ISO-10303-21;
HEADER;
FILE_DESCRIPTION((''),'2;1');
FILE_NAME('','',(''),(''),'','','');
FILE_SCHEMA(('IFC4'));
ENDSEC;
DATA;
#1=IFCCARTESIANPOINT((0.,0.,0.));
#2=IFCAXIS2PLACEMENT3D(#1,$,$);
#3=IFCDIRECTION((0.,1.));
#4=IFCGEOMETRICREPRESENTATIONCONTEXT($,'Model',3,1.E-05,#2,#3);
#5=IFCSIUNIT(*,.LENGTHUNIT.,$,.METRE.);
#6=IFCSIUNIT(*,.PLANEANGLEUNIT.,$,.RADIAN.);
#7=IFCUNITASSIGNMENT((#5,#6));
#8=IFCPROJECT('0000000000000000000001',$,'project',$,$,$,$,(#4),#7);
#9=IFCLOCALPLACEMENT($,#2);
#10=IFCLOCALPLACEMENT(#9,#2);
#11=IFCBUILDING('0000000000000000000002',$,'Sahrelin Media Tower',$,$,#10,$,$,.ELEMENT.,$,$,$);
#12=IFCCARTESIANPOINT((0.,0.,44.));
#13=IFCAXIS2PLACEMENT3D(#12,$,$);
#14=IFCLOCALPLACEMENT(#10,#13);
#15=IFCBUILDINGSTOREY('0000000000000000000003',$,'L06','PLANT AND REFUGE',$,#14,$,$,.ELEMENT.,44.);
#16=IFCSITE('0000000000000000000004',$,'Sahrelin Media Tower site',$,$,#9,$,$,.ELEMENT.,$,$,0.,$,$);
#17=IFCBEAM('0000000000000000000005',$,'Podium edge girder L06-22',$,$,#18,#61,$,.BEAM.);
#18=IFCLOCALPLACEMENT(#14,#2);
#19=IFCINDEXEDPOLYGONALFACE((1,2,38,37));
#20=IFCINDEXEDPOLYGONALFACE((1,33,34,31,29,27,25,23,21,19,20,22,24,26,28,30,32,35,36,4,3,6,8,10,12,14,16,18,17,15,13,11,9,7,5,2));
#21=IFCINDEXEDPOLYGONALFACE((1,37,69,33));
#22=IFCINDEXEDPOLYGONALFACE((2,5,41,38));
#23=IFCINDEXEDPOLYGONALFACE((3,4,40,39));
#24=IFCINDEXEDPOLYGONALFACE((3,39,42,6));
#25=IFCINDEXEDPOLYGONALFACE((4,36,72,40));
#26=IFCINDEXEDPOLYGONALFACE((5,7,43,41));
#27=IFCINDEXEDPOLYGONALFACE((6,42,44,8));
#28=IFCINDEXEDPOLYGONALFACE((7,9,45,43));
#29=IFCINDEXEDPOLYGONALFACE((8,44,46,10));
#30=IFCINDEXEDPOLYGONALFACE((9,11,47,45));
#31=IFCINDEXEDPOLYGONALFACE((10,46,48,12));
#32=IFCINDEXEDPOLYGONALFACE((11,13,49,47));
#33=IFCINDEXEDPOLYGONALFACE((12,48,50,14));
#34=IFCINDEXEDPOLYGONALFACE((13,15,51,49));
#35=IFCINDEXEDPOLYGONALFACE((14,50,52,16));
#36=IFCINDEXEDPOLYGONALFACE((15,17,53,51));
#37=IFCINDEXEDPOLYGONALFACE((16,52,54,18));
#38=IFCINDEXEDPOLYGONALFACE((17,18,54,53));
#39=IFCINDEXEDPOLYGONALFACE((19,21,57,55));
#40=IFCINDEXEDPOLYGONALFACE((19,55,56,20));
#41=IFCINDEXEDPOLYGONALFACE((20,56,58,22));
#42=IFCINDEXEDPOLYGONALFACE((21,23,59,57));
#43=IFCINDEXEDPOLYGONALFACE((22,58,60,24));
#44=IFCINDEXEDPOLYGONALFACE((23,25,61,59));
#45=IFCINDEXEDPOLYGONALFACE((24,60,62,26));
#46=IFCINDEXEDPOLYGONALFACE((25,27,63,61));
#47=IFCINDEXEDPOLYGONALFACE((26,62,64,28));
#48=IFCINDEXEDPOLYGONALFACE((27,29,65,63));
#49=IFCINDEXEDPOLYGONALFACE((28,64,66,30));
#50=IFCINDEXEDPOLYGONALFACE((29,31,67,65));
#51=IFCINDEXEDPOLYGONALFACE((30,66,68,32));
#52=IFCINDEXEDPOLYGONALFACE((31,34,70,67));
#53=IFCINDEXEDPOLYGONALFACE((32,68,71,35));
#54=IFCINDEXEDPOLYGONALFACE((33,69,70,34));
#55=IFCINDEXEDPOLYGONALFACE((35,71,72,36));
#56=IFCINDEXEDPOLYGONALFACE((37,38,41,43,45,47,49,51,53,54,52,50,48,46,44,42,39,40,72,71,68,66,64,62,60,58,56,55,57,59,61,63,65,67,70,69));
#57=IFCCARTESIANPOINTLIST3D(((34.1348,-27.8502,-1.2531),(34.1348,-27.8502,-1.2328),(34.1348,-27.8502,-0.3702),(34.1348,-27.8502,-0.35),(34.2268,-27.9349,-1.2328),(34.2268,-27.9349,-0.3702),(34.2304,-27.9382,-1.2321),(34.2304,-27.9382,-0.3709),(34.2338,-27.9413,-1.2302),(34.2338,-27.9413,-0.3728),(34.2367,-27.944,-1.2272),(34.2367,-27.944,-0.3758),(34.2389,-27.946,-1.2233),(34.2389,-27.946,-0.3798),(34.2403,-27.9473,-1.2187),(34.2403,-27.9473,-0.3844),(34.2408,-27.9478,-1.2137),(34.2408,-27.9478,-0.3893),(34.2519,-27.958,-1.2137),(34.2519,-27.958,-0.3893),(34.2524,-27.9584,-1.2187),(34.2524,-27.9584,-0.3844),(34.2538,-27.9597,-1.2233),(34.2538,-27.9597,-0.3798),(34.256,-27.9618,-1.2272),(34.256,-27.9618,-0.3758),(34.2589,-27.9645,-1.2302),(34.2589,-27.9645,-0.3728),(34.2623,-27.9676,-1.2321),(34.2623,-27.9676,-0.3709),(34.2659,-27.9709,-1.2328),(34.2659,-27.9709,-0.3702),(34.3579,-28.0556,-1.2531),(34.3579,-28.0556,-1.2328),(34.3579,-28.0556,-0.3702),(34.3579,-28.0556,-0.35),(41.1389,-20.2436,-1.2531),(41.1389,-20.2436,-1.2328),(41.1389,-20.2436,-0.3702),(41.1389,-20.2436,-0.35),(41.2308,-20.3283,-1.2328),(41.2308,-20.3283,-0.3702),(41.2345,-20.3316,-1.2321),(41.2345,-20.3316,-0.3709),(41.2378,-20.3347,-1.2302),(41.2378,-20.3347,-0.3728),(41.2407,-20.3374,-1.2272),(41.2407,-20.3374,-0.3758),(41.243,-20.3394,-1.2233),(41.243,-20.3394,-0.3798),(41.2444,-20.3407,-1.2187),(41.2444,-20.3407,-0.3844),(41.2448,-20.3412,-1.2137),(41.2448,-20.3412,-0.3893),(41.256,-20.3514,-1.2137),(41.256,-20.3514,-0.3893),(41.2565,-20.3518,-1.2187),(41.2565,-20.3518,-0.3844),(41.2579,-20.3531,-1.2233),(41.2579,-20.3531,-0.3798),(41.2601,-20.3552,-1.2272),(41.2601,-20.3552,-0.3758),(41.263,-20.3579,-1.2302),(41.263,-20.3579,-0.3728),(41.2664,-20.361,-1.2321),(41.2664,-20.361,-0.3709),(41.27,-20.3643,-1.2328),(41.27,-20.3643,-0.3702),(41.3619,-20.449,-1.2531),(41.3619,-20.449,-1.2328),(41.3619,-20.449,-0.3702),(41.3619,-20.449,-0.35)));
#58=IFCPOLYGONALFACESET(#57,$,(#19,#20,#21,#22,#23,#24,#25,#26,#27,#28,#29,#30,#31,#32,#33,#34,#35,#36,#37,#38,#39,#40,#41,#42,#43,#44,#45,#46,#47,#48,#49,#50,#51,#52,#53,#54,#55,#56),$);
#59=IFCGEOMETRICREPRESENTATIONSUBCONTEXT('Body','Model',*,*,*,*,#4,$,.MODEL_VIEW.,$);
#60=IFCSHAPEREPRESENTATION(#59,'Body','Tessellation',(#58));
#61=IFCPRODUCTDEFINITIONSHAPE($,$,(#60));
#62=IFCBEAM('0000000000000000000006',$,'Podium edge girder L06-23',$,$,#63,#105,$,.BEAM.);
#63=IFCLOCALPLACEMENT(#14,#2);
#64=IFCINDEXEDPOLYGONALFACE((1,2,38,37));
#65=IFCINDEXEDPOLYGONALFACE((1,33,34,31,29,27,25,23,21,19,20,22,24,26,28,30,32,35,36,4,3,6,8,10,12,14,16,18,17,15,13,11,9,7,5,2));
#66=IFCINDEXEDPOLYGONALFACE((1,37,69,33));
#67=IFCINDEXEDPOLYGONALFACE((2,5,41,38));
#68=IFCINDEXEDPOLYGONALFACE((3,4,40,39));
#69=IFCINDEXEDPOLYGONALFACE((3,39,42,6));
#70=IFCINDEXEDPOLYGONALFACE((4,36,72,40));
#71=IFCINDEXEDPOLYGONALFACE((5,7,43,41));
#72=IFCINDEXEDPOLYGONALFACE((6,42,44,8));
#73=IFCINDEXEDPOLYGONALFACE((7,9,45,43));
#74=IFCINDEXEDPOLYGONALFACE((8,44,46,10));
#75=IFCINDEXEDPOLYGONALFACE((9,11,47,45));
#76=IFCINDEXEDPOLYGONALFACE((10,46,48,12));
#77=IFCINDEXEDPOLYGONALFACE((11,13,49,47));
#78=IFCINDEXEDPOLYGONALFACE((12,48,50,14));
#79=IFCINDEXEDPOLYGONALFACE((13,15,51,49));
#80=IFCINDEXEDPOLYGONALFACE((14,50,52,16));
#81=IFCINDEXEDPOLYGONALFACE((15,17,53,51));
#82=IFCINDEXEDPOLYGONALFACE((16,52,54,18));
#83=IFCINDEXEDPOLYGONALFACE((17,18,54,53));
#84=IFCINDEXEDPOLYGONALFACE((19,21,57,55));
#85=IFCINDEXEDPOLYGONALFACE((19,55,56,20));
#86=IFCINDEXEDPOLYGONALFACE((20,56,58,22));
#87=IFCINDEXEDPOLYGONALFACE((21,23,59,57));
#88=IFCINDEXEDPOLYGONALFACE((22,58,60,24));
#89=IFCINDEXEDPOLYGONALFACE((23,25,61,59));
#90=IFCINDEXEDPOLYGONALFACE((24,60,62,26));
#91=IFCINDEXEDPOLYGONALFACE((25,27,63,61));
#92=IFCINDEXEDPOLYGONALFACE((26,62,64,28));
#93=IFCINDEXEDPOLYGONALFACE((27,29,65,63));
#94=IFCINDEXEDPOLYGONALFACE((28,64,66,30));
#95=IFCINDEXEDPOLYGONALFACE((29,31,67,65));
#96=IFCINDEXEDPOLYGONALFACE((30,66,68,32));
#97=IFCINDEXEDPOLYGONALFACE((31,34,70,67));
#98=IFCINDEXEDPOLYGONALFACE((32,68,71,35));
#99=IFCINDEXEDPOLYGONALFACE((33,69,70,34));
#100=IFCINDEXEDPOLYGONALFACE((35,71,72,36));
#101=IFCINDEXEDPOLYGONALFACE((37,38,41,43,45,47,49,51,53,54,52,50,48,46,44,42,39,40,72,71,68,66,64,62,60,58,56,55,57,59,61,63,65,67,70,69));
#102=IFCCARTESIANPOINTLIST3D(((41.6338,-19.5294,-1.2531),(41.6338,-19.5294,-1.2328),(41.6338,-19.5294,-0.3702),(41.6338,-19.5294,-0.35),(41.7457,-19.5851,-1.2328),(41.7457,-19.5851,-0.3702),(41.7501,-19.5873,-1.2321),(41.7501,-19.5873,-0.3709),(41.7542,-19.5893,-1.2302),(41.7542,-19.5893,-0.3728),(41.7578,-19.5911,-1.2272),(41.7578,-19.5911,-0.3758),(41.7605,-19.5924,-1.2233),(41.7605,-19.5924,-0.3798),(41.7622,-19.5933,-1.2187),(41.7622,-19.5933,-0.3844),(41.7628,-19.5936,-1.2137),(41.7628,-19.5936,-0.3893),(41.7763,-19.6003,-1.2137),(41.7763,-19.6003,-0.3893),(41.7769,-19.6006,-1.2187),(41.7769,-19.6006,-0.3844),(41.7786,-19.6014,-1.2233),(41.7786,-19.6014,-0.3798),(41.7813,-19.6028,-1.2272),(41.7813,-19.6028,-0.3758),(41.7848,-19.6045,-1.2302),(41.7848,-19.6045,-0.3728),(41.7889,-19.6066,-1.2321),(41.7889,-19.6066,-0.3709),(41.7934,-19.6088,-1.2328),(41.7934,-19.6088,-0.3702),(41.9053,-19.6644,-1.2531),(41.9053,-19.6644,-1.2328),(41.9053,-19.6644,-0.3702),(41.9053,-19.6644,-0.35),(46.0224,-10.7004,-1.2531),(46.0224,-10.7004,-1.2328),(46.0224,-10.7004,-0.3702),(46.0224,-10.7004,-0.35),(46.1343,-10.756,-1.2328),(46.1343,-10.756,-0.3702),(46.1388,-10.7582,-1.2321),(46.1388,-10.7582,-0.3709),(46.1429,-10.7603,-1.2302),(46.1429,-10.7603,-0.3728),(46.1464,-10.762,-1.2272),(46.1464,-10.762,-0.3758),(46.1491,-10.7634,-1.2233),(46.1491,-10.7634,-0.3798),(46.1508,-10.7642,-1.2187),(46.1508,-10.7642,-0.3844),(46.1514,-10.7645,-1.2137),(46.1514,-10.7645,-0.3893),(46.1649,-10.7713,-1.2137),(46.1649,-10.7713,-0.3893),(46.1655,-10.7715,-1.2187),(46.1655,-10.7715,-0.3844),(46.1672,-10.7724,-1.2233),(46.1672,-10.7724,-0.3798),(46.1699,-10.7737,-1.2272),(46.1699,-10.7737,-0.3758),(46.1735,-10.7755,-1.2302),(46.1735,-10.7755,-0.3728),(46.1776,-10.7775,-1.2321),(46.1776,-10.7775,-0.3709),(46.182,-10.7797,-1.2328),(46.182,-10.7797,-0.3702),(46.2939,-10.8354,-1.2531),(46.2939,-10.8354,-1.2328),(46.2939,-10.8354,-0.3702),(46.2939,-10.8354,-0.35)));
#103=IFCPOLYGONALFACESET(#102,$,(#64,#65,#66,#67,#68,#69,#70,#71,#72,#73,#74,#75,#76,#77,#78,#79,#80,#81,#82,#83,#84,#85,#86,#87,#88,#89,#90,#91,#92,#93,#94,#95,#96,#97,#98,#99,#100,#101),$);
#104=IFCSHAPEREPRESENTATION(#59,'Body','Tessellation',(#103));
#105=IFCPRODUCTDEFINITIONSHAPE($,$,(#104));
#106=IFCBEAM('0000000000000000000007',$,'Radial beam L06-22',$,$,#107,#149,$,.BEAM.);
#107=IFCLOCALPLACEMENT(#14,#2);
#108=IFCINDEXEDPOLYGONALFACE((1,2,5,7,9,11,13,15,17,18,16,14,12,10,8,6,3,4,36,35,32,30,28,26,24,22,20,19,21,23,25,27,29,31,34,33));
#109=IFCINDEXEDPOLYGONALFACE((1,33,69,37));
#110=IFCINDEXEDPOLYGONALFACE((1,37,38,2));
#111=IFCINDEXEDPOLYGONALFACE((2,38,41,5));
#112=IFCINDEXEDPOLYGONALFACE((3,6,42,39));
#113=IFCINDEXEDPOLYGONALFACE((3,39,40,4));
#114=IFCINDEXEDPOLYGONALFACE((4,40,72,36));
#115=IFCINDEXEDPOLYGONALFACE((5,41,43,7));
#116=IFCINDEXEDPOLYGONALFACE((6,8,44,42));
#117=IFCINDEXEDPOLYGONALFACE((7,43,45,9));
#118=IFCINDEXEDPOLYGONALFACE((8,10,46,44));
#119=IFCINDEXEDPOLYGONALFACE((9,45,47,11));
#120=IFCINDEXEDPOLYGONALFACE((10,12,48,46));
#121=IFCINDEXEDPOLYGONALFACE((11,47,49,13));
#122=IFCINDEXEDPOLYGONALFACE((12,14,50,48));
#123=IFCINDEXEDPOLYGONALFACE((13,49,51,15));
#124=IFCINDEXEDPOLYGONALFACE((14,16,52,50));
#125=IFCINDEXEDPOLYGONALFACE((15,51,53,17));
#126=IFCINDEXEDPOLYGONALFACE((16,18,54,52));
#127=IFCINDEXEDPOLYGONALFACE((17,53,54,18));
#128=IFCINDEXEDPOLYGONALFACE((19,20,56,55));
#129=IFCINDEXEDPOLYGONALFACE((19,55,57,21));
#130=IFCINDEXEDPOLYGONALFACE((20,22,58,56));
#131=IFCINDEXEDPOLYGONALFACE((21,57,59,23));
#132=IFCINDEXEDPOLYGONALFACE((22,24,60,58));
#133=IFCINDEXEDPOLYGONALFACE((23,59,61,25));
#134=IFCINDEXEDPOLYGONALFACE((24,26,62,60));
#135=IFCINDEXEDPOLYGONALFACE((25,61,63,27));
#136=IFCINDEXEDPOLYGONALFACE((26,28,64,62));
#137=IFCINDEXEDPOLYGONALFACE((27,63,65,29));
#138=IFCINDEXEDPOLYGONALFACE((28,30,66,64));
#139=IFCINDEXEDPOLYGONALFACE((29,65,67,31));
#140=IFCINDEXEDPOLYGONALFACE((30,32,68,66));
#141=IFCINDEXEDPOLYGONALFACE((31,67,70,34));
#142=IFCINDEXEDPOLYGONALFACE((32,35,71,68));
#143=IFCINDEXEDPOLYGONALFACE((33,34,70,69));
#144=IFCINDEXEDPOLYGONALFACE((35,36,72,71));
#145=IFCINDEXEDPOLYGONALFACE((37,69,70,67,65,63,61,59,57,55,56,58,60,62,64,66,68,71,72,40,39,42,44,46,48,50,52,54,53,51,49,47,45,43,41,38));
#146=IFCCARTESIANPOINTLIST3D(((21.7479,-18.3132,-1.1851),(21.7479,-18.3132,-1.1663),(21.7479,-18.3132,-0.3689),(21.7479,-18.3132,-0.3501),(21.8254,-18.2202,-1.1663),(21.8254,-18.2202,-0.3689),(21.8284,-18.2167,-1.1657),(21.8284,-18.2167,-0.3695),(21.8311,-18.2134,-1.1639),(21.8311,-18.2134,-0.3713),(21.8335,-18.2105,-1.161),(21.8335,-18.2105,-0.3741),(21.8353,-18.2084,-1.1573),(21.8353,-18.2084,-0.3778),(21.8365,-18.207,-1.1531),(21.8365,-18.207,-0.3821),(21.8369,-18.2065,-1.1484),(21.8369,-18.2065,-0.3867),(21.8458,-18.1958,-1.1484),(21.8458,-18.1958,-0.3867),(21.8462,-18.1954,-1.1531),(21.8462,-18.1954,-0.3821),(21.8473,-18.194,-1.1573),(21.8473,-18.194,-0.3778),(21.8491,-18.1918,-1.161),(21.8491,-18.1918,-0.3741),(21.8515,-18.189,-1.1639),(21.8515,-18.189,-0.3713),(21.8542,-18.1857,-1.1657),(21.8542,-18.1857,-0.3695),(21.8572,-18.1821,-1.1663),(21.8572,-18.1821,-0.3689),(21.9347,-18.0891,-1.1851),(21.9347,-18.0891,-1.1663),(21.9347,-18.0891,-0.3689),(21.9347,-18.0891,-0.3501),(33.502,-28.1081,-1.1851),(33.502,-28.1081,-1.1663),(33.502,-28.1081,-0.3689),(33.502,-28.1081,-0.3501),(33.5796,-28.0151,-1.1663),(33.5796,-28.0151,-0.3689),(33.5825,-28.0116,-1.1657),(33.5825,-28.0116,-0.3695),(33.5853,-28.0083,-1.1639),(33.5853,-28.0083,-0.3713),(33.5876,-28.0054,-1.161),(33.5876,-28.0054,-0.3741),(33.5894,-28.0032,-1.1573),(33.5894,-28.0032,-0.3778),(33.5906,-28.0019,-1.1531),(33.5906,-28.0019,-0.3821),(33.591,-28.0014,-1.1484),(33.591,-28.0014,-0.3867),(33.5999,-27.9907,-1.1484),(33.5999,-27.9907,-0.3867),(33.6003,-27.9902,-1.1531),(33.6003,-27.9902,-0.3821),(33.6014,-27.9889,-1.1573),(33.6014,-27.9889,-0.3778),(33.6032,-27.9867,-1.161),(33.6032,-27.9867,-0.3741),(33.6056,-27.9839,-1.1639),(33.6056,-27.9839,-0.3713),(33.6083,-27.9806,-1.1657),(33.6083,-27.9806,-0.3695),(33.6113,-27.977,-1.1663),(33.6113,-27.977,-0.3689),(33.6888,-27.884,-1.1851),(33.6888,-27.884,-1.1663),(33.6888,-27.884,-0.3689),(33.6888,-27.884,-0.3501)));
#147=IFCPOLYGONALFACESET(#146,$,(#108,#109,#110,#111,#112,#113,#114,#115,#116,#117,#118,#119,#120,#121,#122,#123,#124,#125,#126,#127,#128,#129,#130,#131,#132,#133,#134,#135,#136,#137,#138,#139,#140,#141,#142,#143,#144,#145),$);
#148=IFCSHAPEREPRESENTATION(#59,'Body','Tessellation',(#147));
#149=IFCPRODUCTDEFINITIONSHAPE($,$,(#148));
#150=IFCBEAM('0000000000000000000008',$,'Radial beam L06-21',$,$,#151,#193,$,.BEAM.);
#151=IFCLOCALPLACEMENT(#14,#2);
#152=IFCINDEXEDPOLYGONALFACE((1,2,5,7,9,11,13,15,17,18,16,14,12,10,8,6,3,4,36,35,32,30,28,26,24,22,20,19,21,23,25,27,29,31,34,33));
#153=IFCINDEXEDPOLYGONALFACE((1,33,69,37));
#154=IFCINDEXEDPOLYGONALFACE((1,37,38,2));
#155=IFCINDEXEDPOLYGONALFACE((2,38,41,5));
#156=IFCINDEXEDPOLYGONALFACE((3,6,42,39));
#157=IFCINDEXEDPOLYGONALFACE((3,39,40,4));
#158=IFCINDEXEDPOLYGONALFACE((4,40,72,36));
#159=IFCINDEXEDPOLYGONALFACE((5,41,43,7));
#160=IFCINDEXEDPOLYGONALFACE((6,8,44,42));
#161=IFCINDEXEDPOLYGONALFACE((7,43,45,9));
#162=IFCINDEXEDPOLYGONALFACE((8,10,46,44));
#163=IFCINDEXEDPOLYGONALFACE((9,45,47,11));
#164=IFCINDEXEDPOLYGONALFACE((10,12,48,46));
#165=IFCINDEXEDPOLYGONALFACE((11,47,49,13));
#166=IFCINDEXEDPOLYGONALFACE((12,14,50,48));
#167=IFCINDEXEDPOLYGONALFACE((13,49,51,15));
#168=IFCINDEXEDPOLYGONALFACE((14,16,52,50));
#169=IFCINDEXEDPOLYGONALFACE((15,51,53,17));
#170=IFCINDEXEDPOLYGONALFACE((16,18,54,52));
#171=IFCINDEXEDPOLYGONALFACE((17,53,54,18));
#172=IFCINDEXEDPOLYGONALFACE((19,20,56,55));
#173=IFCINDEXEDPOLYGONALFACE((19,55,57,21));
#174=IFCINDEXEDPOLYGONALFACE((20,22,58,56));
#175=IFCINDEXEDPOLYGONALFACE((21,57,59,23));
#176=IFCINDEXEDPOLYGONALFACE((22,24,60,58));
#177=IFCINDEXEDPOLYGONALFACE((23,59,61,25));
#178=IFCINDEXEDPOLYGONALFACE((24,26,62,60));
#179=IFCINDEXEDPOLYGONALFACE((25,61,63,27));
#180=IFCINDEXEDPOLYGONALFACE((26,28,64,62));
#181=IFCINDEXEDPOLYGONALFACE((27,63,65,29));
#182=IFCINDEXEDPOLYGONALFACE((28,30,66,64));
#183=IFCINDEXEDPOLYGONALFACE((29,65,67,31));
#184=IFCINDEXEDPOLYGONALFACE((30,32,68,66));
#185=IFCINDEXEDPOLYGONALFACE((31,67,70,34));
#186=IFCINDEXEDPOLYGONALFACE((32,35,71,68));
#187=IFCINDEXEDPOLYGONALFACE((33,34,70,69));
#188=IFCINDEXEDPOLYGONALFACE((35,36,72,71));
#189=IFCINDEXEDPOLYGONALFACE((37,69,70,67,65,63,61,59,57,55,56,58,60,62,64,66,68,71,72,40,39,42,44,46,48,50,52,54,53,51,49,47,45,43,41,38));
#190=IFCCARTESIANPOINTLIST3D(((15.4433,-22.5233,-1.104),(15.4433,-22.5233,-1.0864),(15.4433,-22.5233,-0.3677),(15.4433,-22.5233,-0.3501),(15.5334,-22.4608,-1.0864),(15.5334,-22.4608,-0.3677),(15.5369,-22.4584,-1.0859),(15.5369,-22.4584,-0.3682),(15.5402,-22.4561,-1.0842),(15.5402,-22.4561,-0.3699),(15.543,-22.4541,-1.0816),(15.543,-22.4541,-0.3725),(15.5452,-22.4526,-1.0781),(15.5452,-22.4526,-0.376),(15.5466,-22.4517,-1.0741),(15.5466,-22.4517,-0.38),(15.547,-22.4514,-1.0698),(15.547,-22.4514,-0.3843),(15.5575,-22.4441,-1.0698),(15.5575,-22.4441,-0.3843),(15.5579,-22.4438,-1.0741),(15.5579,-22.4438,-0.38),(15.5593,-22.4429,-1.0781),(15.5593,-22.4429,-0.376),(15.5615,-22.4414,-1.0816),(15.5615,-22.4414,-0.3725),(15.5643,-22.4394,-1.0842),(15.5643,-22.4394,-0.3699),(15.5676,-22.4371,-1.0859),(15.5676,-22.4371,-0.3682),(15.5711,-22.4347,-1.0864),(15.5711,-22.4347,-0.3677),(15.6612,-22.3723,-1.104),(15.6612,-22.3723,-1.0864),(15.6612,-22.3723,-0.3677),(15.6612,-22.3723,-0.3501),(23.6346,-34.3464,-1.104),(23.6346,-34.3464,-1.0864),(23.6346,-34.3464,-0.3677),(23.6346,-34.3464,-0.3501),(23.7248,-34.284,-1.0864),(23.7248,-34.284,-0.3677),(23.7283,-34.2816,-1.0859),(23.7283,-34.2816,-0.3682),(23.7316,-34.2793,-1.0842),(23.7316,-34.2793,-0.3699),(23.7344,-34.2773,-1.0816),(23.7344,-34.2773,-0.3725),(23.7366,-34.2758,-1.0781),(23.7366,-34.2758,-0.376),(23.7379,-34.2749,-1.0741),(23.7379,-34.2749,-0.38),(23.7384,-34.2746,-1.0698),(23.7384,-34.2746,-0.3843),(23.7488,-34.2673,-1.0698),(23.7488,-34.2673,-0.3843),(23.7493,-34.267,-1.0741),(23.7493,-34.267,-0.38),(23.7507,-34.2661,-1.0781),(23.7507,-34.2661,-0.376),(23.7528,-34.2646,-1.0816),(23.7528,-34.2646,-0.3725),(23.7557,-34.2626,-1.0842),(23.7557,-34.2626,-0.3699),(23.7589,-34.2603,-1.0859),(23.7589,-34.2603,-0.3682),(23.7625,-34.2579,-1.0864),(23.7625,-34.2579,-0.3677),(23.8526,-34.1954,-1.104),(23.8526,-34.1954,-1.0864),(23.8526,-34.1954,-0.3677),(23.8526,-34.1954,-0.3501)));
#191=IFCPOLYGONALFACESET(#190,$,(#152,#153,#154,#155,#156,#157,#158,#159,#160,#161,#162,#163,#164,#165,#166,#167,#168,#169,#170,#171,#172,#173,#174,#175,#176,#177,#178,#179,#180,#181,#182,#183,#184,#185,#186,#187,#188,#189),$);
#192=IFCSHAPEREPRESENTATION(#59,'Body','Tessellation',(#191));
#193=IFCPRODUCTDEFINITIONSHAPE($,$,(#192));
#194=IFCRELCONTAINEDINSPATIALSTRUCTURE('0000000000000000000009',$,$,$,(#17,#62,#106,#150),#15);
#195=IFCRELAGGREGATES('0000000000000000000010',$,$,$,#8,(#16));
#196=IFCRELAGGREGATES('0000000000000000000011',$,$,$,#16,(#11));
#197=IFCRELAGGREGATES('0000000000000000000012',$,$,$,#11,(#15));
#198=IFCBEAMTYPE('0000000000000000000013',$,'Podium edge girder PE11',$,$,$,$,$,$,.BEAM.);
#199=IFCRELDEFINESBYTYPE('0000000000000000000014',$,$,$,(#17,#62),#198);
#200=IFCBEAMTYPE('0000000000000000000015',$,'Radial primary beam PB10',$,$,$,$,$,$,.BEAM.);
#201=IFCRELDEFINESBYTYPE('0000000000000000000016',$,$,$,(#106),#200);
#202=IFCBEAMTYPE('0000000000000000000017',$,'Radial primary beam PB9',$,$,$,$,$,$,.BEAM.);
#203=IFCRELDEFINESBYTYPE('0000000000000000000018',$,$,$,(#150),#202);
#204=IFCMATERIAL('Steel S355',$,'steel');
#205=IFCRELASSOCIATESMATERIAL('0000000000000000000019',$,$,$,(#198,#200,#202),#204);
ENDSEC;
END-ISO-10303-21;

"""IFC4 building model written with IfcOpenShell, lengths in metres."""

from ifc_helpers import new_model, si_unit, direction, frame, origin, origin_2d, place, context, subcontext, project, spatial, i_section, extrude, material, material_profile, profile_set, type_object, element, save


model = new_model("IFC4")

# Units and contexts
model_context = context("Model", 3, precision=1e-05, world=origin(), true_north=direction((0.0, 1.0)))
body_context = subcontext(model_context, "Body", "Model", "MODEL_VIEW")
ifc_project = project(units=[si_unit("LENGTHUNIT", "METRE"), si_unit("PLANEANGLEUNIT", "RADIAN")], contexts=[model_context])

# Site, building, storey
site_placement = place(None, origin())
site = spatial("IfcSite", under=ifc_project, at=site_placement, Name="Sahrelin Media Tower site", CompositionType="ELEMENT", RefElevation=0.0)
building_placement = place(site_placement, origin())
building = spatial("IfcBuilding", under=site, at=building_placement, Name="Sahrelin Media Tower", CompositionType="ELEMENT")
storey_placement = place(building_placement, frame((0.0, 0.0, 44.0)))
storey = spatial("IfcBuildingStorey", under=building, at=storey_placement, Name="L06", Description="PLANT AND REFUGE", CompositionType="ELEMENT", Elevation=44.0)

# Beams
ifc_material_1 = material(Name="Steel S355", Category="steel")
ifc_material_profile_1 = material_profile(ifc_material_1, i_section(OverallWidth=0.3032, OverallDepth=0.9031, WebThickness=0.0151, FlangeThickness=0.0203, FilletRadius=0.019, at=origin_2d()), Name="UB 914x305x201")
ifc_profile_set_1 = profile_set([ifc_material_profile_1], Name="Steel S355")
beam_type_1 = type_object("IfcBeamType", Name="Podium edge girder PE11", PredefinedType="BEAM", material=ifc_profile_set_1)
beam_1_placement = place(storey_placement, frame((34.2463, -27.9529, -0.8015), z_axis=(0.677371, 0.735642, 0.0), x_axis=(-0.735642, 0.677371, 0.0)))
element("IfcBeam", 1, at=beam_1_placement, inside=storey, type_object=beam_type_1, Name="Podium edge girder L06-22", PredefinedType="BEAM", context=body_context, shape_type="SweptSolid", body=[
    extrude(i_section(OverallWidth=0.3032, OverallDepth=0.9031, WebThickness=0.0151, FlangeThickness=0.0203, FilletRadius=0.019, at=origin_2d()), origin(), (0.0, 0.0, 1.0), 10.3401),
])
beam_2_placement = place(storey_placement, frame((41.7695, -19.5969, -0.8015), z_axis=(0.445113, 0.895475, 0.0), x_axis=(-0.895475, 0.445113, 0.0)))
element("IfcBeam", 2, at=beam_2_placement, inside=storey, type_object=beam_type_1, Name="Podium edge girder L06-23", PredefinedType="BEAM", context=body_context, shape_type="SweptSolid", body=[
    extrude(i_section(OverallWidth=0.3032, OverallDepth=0.9031, WebThickness=0.0151, FlangeThickness=0.0203, FilletRadius=0.019, at=origin_2d()), origin(), (0.0, 0.0, 1.0), 9.8596),
])
ifc_material_profile_2 = material_profile(ifc_material_1, i_section(OverallWidth=0.2917, OverallDepth=0.835, WebThickness=0.0139, FlangeThickness=0.0188, FilletRadius=0.0178, at=origin_2d()), Name="UB 838x292x176")
ifc_profile_set_2 = profile_set([ifc_material_profile_2], Name="Steel S355")
beam_type_2 = type_object("IfcBeamType", Name="Radial primary beam PB10", PredefinedType="BEAM", material=ifc_profile_set_2)
beam_3_placement = place(storey_placement, frame((21.8413, -18.2012, -0.7676), z_axis=(0.768228, -0.640177, 0.0), x_axis=(0.640177, 0.768228, 0.0)))
element("IfcBeam", 3, at=beam_3_placement, inside=storey, type_object=beam_type_2, Name="Radial beam L06-22", PredefinedType="BEAM", context=body_context, shape_type="SweptSolid", body=[
    extrude(i_section(OverallWidth=0.2917, OverallDepth=0.835, WebThickness=0.0139, FlangeThickness=0.0188, FilletRadius=0.0178, at=origin_2d()), origin(), (0.0, 0.0, 1.0), 15.3003),
])
ifc_material_profile_3 = material_profile(ifc_material_1, i_section(OverallWidth=0.2651, OverallDepth=0.7539, WebThickness=0.0127, FlangeThickness=0.0176, FilletRadius=0.0166, at=origin_2d()), Name="UB 762x267x147")
ifc_profile_set_3 = profile_set([ifc_material_profile_3], Name="Steel S355")
beam_type_3 = type_object("IfcBeamType", Name="Radial primary beam PB9", PredefinedType="BEAM", material=ifc_profile_set_3)
beam_4_placement = place(storey_placement, frame((15.5522, -22.4478, -0.7271), z_axis=(0.569496, -0.821994, 0.0), x_axis=(0.821994, 0.569496, 0.0)))
element("IfcBeam", 4, at=beam_4_placement, inside=storey, type_object=beam_type_3, Name="Radial beam L06-21", PredefinedType="BEAM", context=body_context, shape_type="SweptSolid", body=[
    extrude(i_section(OverallWidth=0.2651, OverallDepth=0.7539, WebThickness=0.0127, FlangeThickness=0.0176, FilletRadius=0.0166, at=origin_2d()), origin(), (0.0, 0.0, 1.0), 14.3835),
])

save(model, "model.ifc")
